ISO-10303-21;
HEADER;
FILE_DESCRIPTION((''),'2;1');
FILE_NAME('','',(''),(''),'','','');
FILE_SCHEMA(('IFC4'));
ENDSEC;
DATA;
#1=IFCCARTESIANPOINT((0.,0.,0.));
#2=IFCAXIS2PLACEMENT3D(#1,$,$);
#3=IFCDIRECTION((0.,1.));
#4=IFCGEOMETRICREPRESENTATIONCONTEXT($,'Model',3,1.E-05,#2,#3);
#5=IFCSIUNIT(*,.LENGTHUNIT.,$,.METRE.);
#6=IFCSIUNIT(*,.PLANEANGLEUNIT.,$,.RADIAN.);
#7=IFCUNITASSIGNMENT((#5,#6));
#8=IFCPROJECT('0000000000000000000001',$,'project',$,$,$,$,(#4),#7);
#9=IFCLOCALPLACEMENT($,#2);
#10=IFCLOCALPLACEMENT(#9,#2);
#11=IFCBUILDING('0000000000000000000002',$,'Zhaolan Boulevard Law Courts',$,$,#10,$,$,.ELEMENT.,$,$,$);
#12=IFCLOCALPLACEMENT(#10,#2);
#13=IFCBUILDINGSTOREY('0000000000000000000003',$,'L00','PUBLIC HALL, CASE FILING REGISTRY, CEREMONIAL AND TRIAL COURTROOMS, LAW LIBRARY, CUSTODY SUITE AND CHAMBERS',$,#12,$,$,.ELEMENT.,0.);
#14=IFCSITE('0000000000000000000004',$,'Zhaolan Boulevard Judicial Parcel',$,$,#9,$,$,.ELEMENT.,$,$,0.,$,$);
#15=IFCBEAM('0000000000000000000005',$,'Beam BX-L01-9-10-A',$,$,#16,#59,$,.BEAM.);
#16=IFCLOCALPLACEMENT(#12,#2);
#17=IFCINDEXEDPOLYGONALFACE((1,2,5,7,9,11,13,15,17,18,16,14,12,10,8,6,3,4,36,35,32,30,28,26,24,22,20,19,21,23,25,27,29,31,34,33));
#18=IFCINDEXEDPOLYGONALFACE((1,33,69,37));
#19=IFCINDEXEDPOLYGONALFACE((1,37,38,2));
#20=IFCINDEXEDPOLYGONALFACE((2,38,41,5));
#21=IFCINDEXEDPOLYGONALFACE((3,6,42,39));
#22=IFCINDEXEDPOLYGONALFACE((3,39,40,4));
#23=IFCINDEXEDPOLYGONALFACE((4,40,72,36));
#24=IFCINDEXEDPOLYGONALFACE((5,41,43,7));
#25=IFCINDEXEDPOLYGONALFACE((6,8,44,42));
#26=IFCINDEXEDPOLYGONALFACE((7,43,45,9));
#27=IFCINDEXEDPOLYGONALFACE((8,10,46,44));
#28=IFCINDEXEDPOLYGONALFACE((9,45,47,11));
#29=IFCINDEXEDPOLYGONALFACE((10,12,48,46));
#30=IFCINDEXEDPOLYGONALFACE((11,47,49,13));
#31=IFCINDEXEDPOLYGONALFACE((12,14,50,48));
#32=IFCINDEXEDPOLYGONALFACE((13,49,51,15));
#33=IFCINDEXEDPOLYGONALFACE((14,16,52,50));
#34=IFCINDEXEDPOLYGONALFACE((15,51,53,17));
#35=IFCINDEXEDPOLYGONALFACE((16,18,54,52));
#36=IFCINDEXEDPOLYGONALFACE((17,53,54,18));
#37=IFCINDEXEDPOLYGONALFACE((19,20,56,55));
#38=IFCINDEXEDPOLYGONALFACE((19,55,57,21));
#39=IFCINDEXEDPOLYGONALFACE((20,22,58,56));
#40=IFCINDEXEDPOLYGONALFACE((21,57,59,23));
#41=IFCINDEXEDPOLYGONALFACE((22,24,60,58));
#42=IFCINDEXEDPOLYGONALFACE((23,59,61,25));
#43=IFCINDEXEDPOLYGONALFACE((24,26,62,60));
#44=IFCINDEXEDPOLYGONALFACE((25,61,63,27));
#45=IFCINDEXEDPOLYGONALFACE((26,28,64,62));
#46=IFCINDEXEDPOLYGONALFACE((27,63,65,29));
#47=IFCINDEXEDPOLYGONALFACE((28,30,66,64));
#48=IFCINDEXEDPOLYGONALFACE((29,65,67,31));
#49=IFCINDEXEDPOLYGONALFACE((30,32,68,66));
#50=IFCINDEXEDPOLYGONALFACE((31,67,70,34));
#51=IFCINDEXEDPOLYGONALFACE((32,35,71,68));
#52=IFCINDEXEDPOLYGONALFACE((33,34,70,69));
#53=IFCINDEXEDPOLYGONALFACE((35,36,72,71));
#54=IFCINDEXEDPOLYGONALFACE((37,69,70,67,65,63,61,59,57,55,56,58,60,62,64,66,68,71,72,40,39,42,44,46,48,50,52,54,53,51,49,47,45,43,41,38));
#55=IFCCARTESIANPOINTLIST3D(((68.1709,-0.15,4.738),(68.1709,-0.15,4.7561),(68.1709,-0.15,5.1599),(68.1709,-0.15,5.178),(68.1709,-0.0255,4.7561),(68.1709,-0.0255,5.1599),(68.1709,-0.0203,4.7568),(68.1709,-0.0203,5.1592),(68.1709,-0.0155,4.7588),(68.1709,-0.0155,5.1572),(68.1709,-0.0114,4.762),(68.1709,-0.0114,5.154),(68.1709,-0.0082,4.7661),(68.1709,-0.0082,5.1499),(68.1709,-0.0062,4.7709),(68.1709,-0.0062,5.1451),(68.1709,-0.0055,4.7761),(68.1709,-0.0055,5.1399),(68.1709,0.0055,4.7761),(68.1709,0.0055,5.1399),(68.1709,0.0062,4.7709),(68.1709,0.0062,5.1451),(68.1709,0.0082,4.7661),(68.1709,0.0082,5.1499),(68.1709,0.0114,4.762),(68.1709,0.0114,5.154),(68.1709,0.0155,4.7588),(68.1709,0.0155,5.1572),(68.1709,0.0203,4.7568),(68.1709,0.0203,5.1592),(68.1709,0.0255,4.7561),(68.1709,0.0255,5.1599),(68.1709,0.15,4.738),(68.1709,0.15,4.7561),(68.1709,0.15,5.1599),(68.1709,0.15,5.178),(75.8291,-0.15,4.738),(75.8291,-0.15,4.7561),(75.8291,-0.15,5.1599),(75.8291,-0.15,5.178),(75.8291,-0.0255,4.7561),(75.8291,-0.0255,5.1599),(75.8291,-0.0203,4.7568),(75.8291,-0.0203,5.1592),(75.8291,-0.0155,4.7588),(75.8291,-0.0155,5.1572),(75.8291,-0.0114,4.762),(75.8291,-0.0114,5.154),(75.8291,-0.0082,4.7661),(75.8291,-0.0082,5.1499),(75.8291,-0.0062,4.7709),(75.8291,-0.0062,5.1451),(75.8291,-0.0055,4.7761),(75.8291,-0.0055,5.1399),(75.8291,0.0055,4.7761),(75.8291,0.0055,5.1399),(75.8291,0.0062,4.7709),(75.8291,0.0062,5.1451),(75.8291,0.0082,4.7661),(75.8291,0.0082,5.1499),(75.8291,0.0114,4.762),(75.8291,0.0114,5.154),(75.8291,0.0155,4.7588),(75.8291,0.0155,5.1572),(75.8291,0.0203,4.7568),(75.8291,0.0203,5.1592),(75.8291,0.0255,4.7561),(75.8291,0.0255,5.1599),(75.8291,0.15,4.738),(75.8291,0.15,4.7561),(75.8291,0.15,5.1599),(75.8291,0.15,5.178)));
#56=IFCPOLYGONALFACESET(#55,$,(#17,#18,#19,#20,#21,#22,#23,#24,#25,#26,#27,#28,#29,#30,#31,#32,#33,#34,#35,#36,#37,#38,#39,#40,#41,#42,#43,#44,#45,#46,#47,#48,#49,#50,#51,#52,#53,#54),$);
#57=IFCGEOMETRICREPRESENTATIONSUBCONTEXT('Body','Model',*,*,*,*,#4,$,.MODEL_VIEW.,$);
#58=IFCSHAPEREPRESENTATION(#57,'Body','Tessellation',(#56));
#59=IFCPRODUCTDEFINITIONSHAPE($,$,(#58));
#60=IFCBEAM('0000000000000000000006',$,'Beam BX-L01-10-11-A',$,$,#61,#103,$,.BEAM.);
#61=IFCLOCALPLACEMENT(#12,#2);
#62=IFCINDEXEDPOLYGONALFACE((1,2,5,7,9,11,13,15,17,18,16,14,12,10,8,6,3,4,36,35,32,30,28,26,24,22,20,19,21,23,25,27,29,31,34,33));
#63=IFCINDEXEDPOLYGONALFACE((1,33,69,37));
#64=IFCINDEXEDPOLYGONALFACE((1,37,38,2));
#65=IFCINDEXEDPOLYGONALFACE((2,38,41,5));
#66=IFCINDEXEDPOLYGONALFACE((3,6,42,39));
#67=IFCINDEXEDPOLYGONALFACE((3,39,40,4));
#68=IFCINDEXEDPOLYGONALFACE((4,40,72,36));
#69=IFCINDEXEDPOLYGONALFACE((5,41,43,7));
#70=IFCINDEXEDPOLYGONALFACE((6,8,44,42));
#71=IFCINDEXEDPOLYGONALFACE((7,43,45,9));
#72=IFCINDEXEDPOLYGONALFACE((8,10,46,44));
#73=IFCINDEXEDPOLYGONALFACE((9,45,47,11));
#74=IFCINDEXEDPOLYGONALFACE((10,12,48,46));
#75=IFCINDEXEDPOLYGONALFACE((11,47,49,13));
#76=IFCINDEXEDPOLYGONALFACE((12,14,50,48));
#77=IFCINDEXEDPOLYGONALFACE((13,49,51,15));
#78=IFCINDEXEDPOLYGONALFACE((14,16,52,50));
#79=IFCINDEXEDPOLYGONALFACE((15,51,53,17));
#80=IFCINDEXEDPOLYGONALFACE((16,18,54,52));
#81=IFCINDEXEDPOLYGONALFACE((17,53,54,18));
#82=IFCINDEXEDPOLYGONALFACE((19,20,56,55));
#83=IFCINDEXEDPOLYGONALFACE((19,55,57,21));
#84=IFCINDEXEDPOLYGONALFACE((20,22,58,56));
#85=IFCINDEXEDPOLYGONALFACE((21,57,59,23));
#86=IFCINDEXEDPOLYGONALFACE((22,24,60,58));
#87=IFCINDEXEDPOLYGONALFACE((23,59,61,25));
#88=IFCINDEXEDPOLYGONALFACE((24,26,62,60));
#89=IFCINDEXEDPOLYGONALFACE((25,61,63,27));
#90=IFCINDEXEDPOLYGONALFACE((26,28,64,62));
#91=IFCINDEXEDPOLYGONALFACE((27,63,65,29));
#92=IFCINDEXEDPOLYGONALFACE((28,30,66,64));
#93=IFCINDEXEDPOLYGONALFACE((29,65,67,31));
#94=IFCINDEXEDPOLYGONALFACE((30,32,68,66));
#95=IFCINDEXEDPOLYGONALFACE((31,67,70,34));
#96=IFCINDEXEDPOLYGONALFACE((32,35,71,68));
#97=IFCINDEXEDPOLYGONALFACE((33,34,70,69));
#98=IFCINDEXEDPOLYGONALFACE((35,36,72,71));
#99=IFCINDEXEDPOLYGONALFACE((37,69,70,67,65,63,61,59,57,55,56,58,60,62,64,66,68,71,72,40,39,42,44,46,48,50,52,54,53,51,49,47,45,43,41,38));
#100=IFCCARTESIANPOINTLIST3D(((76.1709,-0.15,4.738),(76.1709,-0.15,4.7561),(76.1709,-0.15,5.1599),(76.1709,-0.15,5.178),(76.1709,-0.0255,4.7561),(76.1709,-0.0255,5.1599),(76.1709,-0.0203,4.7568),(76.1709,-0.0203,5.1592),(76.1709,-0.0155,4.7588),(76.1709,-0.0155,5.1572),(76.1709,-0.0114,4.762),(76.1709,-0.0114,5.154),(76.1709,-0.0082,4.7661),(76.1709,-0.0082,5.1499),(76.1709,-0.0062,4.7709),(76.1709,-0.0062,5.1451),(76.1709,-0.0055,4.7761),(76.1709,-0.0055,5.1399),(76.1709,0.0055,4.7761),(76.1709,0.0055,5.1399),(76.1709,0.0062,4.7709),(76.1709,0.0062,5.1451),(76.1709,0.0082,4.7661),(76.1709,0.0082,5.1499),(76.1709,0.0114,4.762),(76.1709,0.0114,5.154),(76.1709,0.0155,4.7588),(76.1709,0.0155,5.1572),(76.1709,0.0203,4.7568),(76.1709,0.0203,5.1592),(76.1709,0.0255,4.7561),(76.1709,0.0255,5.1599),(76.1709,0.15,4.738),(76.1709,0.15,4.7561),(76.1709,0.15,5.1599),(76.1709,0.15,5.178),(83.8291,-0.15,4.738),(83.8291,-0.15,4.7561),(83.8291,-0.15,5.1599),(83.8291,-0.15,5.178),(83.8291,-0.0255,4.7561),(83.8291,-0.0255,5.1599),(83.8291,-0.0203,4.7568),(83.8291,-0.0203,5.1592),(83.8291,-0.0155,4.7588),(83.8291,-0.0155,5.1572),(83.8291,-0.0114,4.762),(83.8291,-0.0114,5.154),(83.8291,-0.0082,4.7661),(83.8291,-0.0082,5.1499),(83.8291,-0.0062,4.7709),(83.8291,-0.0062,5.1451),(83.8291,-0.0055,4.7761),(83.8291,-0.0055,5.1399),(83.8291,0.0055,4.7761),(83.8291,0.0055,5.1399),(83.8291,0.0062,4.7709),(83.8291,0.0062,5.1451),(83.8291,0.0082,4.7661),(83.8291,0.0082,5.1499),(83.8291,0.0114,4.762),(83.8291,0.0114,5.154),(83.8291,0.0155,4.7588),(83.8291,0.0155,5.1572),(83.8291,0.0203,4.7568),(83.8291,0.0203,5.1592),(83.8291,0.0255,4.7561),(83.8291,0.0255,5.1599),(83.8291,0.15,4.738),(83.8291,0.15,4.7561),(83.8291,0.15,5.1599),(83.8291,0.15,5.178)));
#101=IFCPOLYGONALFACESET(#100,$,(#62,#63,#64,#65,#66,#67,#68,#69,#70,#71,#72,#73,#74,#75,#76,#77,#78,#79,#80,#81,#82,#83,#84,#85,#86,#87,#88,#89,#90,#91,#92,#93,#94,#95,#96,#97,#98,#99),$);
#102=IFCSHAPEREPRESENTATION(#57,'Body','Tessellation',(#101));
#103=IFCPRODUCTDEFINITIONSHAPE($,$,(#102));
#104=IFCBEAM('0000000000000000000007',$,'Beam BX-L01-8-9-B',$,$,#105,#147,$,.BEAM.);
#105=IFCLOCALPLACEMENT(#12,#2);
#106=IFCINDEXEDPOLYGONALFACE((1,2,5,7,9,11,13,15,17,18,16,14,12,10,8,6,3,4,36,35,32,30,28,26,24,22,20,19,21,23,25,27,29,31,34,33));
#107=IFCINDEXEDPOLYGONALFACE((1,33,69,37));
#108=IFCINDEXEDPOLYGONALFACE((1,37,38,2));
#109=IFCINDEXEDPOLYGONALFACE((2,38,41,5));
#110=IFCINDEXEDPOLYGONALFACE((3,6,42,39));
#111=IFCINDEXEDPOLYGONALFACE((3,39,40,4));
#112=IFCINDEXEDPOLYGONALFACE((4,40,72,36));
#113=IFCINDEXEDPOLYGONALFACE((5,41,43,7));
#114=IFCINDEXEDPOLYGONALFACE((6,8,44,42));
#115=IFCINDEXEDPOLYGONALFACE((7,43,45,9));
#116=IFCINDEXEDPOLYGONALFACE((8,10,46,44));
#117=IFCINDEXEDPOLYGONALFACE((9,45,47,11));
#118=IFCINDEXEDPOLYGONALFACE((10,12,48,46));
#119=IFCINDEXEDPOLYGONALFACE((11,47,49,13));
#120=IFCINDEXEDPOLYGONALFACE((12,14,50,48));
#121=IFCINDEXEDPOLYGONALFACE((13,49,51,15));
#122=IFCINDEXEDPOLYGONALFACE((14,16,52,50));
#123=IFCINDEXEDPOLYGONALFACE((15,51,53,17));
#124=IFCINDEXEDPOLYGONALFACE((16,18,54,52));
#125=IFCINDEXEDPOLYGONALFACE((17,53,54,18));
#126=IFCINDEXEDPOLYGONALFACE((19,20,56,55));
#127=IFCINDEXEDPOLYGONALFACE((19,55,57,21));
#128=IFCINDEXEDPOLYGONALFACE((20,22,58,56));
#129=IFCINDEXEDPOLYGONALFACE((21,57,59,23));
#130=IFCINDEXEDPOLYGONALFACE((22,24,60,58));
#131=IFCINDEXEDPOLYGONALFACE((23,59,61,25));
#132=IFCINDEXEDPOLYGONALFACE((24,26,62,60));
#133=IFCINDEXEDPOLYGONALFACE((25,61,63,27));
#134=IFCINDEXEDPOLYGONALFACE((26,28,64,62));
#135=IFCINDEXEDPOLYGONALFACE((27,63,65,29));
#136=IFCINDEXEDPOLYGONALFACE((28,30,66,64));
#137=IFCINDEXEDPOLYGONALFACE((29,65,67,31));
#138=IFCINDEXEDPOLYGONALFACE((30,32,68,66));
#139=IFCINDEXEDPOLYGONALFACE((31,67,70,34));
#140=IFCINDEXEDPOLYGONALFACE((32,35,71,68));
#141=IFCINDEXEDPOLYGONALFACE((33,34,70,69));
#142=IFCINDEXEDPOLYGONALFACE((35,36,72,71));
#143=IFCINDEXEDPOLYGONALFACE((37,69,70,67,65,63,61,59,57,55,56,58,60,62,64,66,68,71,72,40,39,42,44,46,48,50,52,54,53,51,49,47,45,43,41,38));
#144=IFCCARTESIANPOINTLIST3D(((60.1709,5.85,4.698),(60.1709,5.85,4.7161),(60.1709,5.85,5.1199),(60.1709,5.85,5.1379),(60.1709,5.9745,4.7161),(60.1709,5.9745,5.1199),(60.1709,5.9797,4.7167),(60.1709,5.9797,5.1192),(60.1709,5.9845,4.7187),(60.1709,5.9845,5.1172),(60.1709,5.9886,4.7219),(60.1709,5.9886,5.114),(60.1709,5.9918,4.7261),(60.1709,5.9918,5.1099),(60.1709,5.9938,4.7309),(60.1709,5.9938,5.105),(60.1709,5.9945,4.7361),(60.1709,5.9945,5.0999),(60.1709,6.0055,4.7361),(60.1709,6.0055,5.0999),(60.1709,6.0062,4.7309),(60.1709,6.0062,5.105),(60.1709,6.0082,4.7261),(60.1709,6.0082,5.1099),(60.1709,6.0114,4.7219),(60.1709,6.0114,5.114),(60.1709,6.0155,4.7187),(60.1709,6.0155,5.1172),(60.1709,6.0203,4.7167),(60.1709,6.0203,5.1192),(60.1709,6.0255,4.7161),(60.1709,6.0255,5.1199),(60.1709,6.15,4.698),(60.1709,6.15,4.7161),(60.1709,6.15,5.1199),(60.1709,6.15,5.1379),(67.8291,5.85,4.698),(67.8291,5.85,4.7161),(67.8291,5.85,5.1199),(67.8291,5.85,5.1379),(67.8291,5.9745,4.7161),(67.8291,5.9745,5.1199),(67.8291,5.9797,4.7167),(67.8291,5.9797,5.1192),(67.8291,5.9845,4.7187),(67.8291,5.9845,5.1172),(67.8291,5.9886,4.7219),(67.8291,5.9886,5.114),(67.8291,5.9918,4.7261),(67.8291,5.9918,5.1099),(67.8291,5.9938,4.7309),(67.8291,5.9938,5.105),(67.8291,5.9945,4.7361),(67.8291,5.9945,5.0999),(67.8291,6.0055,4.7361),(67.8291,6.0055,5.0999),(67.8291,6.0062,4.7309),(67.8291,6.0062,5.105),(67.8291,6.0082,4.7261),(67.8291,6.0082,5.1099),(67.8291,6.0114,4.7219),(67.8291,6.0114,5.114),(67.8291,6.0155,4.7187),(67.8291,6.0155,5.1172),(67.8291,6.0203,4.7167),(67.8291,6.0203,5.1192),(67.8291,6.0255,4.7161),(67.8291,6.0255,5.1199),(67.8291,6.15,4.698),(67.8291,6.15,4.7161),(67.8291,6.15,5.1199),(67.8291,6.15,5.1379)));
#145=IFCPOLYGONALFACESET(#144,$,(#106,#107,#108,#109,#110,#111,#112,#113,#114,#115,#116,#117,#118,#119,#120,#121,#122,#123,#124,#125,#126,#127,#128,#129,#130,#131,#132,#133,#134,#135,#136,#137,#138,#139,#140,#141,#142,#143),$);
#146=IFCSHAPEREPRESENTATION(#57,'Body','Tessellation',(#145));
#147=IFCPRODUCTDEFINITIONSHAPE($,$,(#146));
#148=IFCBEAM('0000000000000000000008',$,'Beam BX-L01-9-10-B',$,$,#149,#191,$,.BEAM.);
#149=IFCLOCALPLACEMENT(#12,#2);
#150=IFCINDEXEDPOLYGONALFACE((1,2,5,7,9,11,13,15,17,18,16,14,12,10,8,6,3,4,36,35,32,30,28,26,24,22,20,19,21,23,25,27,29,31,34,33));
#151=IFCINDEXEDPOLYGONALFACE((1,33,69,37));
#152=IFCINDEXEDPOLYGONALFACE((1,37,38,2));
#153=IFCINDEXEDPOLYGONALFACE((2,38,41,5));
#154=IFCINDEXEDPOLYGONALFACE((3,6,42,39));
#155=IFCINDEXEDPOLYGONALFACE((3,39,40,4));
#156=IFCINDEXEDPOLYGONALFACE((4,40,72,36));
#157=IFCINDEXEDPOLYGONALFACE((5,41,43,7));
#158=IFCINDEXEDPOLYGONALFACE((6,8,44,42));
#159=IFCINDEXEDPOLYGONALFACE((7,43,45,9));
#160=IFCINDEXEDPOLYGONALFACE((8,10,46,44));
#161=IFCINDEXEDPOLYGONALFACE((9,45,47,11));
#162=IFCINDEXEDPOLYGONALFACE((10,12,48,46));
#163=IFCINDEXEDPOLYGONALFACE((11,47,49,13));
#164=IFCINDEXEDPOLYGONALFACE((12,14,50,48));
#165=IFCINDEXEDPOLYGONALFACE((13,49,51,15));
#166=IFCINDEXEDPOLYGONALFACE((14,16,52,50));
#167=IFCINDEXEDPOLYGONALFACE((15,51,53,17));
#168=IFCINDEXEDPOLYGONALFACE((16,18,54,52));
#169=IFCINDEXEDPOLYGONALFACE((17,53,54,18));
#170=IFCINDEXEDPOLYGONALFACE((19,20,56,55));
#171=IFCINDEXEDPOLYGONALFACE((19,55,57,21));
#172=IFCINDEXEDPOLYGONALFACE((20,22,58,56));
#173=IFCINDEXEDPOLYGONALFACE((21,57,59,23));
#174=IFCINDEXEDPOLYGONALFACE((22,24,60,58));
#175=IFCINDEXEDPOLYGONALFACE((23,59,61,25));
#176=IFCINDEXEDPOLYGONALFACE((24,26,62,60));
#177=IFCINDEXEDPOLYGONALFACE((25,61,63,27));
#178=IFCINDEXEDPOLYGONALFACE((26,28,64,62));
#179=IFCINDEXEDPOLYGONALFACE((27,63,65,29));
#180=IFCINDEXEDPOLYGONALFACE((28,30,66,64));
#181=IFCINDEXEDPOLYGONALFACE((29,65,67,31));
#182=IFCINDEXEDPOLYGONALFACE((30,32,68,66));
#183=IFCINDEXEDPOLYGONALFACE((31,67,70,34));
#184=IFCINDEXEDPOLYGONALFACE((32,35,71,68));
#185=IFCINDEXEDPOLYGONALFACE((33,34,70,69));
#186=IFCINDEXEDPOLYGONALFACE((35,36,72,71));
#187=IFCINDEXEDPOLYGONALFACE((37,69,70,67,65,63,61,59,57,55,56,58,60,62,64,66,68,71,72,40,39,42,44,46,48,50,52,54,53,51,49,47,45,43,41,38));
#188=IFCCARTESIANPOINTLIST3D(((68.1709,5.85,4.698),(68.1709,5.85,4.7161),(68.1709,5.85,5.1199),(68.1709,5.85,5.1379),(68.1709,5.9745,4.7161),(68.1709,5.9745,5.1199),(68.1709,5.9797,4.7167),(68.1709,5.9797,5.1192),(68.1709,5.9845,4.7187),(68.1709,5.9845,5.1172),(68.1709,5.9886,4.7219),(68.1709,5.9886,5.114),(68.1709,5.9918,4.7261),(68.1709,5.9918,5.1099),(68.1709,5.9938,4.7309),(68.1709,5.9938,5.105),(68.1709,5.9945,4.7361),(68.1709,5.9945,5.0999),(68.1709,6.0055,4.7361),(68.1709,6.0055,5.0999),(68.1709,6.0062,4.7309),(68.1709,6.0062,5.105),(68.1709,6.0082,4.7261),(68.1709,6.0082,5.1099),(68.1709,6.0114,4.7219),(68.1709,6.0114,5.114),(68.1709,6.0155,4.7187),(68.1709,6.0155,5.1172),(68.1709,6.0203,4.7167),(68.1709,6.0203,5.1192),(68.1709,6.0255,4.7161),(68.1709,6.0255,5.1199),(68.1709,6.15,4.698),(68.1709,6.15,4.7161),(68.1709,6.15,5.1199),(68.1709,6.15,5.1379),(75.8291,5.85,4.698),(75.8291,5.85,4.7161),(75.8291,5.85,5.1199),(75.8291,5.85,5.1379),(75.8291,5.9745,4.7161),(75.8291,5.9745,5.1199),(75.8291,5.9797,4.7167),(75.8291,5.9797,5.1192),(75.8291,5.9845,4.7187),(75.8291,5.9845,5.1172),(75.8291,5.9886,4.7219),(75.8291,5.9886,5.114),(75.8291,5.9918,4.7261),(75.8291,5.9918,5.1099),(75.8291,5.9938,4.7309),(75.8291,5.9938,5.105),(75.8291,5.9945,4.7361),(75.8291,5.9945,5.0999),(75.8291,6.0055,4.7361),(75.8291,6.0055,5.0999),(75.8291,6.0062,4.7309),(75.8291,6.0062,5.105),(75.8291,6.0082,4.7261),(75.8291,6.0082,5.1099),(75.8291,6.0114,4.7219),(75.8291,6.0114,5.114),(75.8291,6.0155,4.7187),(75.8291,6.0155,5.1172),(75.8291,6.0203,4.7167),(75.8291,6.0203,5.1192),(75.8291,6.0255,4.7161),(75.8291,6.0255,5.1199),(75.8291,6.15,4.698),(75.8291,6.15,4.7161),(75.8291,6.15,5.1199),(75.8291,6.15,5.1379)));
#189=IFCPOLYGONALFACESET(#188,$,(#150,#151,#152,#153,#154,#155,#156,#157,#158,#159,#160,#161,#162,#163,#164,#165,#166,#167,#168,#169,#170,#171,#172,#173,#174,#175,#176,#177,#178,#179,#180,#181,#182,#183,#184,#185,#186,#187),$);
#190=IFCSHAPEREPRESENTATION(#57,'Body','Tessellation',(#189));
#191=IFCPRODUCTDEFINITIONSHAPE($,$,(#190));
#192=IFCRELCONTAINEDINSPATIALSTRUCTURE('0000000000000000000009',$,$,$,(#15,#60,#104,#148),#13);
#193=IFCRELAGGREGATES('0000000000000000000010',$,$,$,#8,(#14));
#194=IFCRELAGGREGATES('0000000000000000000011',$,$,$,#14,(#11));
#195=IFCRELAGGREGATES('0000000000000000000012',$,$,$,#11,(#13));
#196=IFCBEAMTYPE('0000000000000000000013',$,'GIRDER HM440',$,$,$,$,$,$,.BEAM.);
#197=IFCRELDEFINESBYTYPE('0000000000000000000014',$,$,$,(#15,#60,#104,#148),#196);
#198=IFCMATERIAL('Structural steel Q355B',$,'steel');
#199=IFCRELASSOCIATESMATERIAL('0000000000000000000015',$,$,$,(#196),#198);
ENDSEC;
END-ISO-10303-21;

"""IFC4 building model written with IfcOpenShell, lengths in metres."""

from ifc_helpers import new_model, si_unit, direction, frame, origin, origin_2d, place, context, subcontext, project, spatial, i_section, extrude, material, material_profile, profile_set, type_object, element, save


model = new_model("IFC4")

# Units and contexts
model_context = context("Model", 3, precision=1e-05, world=origin(), true_north=direction((0.0, 1.0)))
body_context = subcontext(model_context, "Body", "Model", "MODEL_VIEW")
ifc_project = project(units=[si_unit("LENGTHUNIT", "METRE"), si_unit("PLANEANGLEUNIT", "RADIAN")], contexts=[model_context])

# Site, building, storey
site_placement = place(None, origin())
site = spatial("IfcSite", under=ifc_project, at=site_placement, Name="Zhaolan Boulevard Judicial Parcel", CompositionType="ELEMENT", RefElevation=0.0)
building_placement = place(site_placement, origin())
building = spatial("IfcBuilding", under=site, at=building_placement, Name="Zhaolan Boulevard Law Courts", CompositionType="ELEMENT")
storey_placement = place(building_placement, origin())
storey = spatial("IfcBuildingStorey", under=building, at=storey_placement, Name="L00", Description="PUBLIC HALL, CASE FILING REGISTRY, CEREMONIAL AND TRIAL COURTROOMS, LAW LIBRARY, CUSTODY SUITE AND CHAMBERS", CompositionType="ELEMENT", Elevation=0.0)

# Beams
ifc_material_1 = material(Name="Structural steel Q355B", Category="steel")
ifc_material_profile_1 = material_profile(ifc_material_1, i_section(OverallWidth=0.3, OverallDepth=0.4399, WebThickness=0.011, FlangeThickness=0.0181, FilletRadius=0.02, at=origin_2d()), Name="HM440x300")
ifc_profile_set_1 = profile_set([ifc_material_profile_1], Name="Structural steel Q355B")
beam_type_1 = type_object("IfcBeamType", Name="GIRDER HM440", PredefinedType="BEAM", material=ifc_profile_set_1)
for number, where, z_axis, x_axis, name in (
    (1, (68.1709, 0.0, 4.958), (1.0, 0.0, 0.0), (0.0, 1.0, 0.0), "Beam BX-L01-9-10-A"),
    (2, (76.1709, 0.0, 4.958), (1.0, 0.0, 0.0), (0.0, 1.0, 0.0), "Beam BX-L01-10-11-A"),
    (3, (60.1709, 6.0, 4.918), (1.0, 0.0, 0.0), (0.0, 1.0, 0.0), "Beam BX-L01-8-9-B"),
    (4, (68.1709, 6.0, 4.918), (1.0, 0.0, 0.0), (0.0, 1.0, 0.0), "Beam BX-L01-9-10-B"),
):
    element("IfcBeam", number, at=place(storey_placement, frame(where, z_axis=z_axis, x_axis=x_axis)), inside=storey, type_object=beam_type_1, Name=name, PredefinedType="BEAM", context=body_context, shape_type="SweptSolid", body=[
        extrude(i_section(OverallWidth=0.3, OverallDepth=0.4399, WebThickness=0.011, FlangeThickness=0.0181, FilletRadius=0.02, at=origin_2d()), origin(), (0.0, 0.0, 1.0), 7.6582),
    ])

save(model, "model.ifc")
